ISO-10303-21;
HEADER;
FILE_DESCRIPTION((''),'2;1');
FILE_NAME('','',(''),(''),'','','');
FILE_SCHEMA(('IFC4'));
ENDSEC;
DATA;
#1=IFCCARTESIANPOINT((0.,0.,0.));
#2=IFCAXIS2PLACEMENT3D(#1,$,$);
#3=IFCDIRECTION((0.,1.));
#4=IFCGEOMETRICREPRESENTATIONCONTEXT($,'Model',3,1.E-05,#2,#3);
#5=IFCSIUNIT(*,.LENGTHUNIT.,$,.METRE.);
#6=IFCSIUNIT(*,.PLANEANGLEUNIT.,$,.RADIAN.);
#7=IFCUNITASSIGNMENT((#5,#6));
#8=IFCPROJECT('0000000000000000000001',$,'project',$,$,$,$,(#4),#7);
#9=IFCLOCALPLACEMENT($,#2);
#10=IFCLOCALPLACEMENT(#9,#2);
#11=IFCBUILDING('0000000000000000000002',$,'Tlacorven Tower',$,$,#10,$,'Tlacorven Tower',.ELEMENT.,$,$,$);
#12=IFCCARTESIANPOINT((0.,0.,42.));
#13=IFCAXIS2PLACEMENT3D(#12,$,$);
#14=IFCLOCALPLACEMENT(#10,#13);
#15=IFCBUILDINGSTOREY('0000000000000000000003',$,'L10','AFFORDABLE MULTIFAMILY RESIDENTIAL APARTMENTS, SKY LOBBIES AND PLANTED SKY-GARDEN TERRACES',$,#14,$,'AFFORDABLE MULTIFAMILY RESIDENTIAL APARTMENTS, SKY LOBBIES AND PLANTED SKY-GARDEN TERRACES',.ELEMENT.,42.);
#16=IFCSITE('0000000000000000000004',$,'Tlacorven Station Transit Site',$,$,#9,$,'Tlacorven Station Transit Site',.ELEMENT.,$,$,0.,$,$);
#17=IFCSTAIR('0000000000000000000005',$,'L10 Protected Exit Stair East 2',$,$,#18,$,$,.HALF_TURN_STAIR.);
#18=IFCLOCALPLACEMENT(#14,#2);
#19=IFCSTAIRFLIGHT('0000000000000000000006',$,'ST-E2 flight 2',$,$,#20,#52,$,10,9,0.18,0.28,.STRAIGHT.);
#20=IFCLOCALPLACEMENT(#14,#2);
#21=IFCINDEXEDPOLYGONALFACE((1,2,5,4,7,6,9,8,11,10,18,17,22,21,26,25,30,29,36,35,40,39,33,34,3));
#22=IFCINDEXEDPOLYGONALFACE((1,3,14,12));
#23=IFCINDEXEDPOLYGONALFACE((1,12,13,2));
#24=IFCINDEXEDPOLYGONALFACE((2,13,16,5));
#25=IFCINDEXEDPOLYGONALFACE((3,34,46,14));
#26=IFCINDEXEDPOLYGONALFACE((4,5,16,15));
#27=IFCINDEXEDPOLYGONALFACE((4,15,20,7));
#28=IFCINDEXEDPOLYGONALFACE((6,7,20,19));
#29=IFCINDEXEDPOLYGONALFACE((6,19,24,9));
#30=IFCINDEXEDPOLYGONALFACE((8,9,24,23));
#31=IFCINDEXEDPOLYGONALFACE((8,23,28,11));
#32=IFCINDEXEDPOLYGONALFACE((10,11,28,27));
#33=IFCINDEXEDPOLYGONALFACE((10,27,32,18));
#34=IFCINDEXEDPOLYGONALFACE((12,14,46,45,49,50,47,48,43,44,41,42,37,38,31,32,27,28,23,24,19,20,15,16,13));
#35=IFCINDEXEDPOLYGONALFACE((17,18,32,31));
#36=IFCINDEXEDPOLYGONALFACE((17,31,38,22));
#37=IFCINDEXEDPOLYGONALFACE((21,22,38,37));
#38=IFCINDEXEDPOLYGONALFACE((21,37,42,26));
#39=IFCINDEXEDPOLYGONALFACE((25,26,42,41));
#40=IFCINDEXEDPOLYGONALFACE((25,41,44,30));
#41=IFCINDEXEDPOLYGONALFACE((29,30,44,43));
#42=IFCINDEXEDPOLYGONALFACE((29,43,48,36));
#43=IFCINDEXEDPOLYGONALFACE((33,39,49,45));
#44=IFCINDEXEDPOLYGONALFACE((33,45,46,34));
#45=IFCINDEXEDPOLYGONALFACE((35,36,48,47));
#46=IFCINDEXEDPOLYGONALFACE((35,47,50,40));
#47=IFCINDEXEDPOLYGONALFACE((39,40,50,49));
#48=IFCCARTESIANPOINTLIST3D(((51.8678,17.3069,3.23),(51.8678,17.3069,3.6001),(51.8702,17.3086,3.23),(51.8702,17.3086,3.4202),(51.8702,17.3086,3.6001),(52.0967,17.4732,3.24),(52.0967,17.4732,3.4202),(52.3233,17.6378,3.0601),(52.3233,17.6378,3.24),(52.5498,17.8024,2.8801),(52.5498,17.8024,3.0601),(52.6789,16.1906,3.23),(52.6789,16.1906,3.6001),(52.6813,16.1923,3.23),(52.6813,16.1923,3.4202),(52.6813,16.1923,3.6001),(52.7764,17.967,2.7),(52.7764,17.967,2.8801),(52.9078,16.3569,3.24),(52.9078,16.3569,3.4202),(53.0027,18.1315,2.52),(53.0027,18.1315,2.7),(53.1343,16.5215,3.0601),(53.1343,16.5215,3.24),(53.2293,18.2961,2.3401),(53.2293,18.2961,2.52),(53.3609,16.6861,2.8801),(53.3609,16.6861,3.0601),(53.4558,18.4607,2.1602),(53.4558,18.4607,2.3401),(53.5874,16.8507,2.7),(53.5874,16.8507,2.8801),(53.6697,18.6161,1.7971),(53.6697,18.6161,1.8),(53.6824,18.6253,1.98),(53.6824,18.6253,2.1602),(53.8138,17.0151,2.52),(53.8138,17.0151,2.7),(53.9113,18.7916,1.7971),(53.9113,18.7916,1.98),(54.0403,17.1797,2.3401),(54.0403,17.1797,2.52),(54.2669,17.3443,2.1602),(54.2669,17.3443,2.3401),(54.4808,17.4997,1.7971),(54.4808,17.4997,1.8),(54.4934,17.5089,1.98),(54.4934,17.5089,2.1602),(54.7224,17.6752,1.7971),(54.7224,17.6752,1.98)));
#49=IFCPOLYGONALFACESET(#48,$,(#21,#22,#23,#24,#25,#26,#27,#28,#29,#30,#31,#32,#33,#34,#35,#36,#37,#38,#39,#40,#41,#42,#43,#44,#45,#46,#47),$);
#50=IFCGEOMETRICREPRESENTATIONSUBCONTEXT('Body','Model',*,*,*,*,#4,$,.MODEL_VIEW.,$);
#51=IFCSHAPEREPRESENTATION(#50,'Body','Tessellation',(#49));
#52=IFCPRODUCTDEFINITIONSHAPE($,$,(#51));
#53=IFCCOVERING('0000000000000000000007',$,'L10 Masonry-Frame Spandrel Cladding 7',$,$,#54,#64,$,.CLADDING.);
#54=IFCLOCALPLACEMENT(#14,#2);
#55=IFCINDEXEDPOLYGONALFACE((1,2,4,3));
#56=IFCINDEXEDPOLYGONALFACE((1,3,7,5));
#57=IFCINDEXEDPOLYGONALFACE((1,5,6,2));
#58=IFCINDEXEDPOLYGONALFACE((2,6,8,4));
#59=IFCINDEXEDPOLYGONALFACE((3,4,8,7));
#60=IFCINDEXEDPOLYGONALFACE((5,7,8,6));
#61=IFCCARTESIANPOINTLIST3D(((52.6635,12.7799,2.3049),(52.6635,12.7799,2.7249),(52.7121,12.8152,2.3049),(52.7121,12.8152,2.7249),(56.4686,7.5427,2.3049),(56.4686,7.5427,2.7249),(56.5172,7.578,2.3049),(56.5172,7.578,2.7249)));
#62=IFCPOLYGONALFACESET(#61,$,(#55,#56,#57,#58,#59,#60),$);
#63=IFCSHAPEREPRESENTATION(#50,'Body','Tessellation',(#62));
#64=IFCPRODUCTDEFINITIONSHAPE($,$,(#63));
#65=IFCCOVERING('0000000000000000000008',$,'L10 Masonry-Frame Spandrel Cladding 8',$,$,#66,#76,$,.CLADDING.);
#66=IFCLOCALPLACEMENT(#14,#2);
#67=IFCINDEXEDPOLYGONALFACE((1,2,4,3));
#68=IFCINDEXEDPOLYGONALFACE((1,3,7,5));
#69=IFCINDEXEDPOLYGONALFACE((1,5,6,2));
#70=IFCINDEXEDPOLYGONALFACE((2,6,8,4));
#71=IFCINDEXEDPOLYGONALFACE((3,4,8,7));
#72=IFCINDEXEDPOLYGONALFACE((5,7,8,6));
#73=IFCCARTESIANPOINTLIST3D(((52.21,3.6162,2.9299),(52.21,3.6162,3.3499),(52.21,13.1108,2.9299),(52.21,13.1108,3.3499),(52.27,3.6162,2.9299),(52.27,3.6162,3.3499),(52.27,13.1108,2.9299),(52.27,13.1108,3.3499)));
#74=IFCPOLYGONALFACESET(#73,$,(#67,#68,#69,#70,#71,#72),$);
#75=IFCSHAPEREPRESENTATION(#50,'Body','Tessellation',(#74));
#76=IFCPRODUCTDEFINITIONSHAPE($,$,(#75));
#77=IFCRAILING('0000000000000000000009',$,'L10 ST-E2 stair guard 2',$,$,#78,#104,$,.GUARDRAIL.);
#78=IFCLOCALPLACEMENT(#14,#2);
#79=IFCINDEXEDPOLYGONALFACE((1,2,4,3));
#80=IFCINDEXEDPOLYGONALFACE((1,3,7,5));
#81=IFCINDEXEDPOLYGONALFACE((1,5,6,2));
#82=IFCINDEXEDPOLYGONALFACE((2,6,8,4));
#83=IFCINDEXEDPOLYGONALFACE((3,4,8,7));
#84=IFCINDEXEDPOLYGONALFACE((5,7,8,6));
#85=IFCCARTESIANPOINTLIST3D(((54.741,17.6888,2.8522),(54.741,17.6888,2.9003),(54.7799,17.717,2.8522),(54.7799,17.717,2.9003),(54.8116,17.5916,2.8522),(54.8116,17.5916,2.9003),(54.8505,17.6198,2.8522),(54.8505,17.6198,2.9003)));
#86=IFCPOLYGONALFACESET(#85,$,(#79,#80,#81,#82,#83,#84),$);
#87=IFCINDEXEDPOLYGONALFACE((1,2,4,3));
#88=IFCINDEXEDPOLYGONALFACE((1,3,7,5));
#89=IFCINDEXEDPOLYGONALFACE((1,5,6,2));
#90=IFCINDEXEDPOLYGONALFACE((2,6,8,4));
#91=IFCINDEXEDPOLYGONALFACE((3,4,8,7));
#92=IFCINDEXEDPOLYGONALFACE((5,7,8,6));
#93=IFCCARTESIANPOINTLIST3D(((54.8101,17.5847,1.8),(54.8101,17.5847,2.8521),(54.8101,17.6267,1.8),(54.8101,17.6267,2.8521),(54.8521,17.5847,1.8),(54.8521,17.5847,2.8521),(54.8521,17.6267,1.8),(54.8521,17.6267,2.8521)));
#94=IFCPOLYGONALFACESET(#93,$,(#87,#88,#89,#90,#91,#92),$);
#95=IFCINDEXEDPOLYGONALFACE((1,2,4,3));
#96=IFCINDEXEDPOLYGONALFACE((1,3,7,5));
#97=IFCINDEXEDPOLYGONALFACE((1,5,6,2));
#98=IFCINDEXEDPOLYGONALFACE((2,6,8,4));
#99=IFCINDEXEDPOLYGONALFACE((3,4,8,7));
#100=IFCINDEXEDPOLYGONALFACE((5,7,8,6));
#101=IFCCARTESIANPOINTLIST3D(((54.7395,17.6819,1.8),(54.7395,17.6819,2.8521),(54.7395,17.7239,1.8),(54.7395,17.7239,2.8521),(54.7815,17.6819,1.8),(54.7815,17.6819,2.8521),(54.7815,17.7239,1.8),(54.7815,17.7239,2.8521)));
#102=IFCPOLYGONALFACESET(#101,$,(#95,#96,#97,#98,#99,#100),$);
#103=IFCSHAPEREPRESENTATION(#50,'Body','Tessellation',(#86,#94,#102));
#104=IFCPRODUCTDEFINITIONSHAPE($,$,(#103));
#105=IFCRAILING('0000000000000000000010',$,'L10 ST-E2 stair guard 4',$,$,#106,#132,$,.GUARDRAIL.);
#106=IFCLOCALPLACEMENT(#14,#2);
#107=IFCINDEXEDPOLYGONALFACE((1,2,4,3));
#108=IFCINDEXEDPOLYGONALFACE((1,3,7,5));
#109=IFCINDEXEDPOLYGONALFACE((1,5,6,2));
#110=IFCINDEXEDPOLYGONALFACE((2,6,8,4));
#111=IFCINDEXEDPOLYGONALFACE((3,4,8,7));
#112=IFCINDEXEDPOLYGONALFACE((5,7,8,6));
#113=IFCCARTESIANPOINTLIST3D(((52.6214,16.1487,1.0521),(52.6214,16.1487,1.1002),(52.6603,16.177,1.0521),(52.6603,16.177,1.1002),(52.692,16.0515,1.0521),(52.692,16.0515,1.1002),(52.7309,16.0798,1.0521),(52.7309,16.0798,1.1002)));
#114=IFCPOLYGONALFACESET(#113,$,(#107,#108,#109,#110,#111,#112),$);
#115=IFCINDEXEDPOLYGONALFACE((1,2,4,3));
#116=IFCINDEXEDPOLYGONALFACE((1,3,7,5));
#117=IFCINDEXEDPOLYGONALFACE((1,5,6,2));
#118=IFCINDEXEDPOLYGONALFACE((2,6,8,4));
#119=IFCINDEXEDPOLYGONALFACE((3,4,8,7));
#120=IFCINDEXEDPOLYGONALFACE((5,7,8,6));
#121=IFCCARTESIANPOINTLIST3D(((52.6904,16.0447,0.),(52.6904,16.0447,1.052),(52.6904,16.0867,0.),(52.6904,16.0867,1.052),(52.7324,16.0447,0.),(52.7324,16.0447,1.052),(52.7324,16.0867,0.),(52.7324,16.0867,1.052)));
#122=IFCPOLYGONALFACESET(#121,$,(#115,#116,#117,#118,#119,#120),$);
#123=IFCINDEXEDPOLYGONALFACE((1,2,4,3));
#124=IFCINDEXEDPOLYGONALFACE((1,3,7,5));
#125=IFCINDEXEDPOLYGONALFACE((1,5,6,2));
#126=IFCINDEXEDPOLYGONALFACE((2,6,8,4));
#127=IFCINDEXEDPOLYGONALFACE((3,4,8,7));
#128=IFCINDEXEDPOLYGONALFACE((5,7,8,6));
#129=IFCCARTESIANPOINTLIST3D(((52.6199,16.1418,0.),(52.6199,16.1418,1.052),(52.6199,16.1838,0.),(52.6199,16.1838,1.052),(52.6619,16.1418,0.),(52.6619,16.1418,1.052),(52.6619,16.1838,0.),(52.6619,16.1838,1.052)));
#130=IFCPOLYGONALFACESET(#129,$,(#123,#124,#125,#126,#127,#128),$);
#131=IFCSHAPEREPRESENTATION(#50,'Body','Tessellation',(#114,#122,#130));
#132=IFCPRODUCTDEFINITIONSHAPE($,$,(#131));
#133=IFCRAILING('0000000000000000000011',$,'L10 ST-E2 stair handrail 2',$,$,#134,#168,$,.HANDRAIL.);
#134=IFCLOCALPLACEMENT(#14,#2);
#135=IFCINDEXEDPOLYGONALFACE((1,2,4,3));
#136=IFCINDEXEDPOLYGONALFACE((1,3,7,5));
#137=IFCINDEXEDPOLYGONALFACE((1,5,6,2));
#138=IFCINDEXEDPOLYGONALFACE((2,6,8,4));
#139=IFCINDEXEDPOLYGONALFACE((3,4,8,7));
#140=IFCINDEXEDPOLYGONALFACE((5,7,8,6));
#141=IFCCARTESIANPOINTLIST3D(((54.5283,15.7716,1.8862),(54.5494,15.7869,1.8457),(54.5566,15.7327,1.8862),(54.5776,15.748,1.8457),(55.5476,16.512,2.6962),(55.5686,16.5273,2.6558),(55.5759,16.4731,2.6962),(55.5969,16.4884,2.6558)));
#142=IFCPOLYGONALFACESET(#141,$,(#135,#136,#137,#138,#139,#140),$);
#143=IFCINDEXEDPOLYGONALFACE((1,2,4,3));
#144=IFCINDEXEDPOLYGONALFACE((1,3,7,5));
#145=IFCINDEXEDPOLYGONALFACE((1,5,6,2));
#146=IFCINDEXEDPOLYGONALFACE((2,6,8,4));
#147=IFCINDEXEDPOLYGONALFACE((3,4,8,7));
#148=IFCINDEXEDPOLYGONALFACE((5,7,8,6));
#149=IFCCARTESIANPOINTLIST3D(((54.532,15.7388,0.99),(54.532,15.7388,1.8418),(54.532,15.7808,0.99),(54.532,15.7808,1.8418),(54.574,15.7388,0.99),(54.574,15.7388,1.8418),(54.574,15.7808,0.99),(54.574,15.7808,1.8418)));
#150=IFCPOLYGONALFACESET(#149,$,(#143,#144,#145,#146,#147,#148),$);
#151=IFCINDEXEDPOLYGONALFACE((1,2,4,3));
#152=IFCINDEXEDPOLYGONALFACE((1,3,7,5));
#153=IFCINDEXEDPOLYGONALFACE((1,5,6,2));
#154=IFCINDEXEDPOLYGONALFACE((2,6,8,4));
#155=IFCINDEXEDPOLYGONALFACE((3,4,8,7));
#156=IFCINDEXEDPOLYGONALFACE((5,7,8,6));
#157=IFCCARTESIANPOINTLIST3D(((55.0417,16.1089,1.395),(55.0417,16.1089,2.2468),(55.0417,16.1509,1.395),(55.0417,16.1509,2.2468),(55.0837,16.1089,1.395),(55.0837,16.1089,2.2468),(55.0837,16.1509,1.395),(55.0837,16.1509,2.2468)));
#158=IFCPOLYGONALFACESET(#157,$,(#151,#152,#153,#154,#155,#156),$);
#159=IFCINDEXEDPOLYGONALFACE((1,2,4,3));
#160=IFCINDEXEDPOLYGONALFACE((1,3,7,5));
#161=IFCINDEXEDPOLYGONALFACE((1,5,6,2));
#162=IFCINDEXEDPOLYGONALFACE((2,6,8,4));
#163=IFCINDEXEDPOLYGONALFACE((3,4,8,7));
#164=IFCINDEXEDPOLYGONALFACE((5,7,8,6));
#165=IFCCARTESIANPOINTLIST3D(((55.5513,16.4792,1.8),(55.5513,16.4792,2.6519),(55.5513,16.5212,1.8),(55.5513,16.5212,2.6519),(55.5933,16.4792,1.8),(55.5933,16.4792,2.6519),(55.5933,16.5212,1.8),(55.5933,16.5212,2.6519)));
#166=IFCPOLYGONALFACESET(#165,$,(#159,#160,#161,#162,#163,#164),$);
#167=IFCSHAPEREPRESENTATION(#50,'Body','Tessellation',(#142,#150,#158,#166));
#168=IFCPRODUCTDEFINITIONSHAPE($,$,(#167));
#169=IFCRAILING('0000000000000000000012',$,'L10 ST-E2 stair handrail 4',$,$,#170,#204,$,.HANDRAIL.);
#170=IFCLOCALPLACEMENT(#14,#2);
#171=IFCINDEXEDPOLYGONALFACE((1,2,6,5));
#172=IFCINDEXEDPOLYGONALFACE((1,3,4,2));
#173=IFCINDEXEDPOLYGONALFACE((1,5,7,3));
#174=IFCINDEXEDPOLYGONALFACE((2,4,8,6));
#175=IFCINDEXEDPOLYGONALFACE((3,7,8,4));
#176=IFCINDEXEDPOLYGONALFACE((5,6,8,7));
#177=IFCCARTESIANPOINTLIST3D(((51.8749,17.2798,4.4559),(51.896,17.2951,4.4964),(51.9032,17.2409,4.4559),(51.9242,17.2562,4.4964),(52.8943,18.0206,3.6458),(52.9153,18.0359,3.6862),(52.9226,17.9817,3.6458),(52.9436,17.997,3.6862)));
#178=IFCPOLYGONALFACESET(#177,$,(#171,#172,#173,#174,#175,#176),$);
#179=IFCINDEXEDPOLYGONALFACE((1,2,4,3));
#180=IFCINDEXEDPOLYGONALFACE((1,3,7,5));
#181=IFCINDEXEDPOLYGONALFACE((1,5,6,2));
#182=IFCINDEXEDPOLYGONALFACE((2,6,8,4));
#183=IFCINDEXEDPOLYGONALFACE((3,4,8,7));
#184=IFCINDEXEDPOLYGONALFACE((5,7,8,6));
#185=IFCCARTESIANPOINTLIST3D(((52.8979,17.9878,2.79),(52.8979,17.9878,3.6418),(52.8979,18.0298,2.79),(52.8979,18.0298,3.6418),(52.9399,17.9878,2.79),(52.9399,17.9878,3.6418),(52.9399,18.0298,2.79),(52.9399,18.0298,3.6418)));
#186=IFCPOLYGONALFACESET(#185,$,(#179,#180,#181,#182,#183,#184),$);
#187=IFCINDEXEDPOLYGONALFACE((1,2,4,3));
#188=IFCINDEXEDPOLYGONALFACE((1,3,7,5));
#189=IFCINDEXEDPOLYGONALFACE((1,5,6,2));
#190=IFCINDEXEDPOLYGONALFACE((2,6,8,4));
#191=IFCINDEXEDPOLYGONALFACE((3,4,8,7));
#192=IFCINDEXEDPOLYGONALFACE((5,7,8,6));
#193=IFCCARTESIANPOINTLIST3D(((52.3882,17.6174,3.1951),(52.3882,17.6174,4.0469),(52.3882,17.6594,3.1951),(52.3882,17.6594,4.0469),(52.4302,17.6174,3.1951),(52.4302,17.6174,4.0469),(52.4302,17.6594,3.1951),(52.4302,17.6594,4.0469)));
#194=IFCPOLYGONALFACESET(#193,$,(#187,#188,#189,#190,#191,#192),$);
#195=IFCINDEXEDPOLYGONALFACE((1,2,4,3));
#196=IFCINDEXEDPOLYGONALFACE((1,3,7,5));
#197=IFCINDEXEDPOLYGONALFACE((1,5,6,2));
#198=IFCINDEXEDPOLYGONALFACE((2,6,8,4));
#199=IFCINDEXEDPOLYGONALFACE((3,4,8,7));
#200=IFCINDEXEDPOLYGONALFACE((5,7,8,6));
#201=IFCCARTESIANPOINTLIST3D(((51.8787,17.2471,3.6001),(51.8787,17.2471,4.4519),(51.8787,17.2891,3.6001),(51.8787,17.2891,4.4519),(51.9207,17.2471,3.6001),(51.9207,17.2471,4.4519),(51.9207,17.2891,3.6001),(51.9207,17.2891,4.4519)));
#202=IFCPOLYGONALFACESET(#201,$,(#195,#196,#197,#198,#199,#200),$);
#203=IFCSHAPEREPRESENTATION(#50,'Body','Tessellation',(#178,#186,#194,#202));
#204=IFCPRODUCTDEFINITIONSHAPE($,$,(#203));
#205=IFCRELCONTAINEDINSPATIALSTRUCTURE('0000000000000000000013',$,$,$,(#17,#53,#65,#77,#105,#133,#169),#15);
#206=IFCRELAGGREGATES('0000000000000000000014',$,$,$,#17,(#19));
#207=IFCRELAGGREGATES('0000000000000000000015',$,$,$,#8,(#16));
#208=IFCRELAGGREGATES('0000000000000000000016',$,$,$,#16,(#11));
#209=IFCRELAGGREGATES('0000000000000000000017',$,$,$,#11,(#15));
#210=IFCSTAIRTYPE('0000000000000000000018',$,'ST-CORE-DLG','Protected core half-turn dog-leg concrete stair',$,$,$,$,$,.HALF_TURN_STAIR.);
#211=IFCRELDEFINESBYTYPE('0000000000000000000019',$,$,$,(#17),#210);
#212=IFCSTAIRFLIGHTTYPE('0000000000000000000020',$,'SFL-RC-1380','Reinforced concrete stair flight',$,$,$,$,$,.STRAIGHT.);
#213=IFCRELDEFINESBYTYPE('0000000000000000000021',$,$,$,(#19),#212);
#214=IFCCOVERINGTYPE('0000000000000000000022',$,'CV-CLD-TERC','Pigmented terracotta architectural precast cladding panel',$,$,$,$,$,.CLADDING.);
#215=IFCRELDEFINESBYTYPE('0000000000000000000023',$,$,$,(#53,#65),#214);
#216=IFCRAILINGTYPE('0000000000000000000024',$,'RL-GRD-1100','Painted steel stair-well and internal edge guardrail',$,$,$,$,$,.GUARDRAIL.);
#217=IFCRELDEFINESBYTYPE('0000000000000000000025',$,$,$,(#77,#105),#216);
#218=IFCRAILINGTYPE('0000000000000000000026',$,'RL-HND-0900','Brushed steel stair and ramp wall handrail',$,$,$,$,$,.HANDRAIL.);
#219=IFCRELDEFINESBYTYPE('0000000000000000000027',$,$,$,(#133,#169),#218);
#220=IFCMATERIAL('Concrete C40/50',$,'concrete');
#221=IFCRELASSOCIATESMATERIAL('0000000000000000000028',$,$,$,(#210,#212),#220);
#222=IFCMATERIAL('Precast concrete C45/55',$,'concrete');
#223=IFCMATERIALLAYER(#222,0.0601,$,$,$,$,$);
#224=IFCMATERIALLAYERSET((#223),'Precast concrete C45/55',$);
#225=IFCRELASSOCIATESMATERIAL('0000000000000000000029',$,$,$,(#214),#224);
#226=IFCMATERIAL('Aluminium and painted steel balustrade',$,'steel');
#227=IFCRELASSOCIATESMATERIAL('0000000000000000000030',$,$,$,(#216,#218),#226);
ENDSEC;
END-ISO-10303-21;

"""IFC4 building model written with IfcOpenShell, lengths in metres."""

from ifc_helpers import new_model, si_unit, direction, frame, origin, origin_2d, place, context, subcontext, project, spatial, polyline, rectangle, outline, extrude, source, transform, mapped, material, layer, layer_set, type_object, element, aggregate, save


model = new_model("IFC4")

# Units and contexts
model_context = context("Model", 3, precision=1e-05, world=origin(), true_north=direction((0.0, 1.0)))
body_context = subcontext(model_context, "Body", "Model", "MODEL_VIEW")
ifc_project = project(units=[si_unit("LENGTHUNIT", "METRE"), si_unit("PLANEANGLEUNIT", "RADIAN")], contexts=[model_context])

# Site, building, storey
site_placement = place(None, origin())
site = spatial("IfcSite", under=ifc_project, at=site_placement, Name="Tlacorven Station Transit Site", LongName="Tlacorven Station Transit Site", CompositionType="ELEMENT", RefElevation=0.0)
building_placement = place(site_placement, origin())
building = spatial("IfcBuilding", under=site, at=building_placement, Name="Tlacorven Tower", LongName="Tlacorven Tower", CompositionType="ELEMENT")
storey_placement = place(building_placement, frame((0.0, 0.0, 42.0)))
storey = spatial("IfcBuildingStorey", under=building, at=storey_placement, Name="L10", Description="AFFORDABLE MULTIFAMILY RESIDENTIAL APARTMENTS, SKY LOBBIES AND PLANTED SKY-GARDEN TERRACES", LongName="AFFORDABLE MULTIFAMILY RESIDENTIAL APARTMENTS, SKY LOBBIES AND PLANTED SKY-GARDEN TERRACES", CompositionType="ELEMENT", Elevation=42.0)

# Shared definitions
ifc_material_1 = material(Name="Precast concrete C45/55", Category="concrete")

# Stair, stair flight
ifc_material_2 = material(Name="Concrete C40/50", Category="concrete")
stair_type = type_object("IfcStairType", Name="ST-CORE-DLG", Description="Protected core half-turn dog-leg concrete stair", PredefinedType="HALF_TURN_STAIR", material=ifc_material_2)
stair_placement = place(storey_placement, origin())
stair = element("IfcStair", 1, at=stair_placement, inside=storey, type_object=stair_type, Name="L10 Protected Exit Stair East 2", PredefinedType="HALF_TURN_STAIR")
stair_flight_type = type_object("IfcStairFlightType", Name="SFL-RC-1380", Description="Reinforced concrete stair flight", PredefinedType="STRAIGHT", material=ifc_material_2)
shared_shape_1 = source(origin(), body_context, "Body", "SweptSolid", [
    extrude(outline(polyline([(-0.0029, -0.0029), (-0.0029, 0.1799), (0.28, 0.1799), (0.28, 0.3601), (0.5601, 0.3601), (0.5601, 0.54), (0.8401, 0.54), (0.8401, 0.72), (1.1201, 0.72), (1.1201, 0.8999), (1.3999, 0.8999), (1.3999, 1.0801), (1.6799, 1.0801), (1.6799, 1.26), (1.96, 1.26), (1.96, 1.4399), (2.24, 1.4399), (2.24, 1.6201), (2.52, 1.6201), (2.52, 1.8), (2.5229, 1.8), (2.5229, 1.4299), (2.52, 1.4299), (0.2957, 0.0), (0.2957, -0.0029), (-0.0029, -0.0029)])), frame((0.0, 0.6899, 0.0), z_axis=(0.0, -1.0, 0.0), x_axis=(1.0, 0.0, 0.0)), (0.0, 0.0, 1.0), 1.3799),
])
stair_flight_1_placement = place(storey_placement, frame((54.3145, 18.2317, 1.8), z_axis=(0.0, 0.0, 1.0), x_axis=(-0.809017, -0.587785, 0.0)))
stair_flight_1 = element("IfcStairFlight", 2, at=stair_flight_1_placement, type_object=stair_flight_type, Name="ST-E2 flight 2", NumberOfRisers=10, NumberOfTreads=9, PredefinedType="STRAIGHT", RiserHeight=0.18, TreadLength=0.28, context=body_context, shape_type="MappedRepresentation", body=[
    mapped(shared_shape_1, transform((0.0, 0.0, 0.0), scale=1.0)),
])
aggregate(stair, [stair_flight_1])

# Coverings
ifc_layer_1 = layer(ifc_material_1, 0.0601)
ifc_layer_set_1 = layer_set([ifc_layer_1], Name="Precast concrete C45/55")
covering_type = type_object("IfcCoveringType", Name="CV-CLD-TERC", Description="Pigmented terracotta architectural precast cladding panel", PredefinedType="CLADDING", material=ifc_layer_set_1)
shared_shape_2 = source(origin(), body_context, "Body", "SweptSolid", [
    extrude(rectangle(XDim=6.4736, YDim=0.0601, at=origin_2d()), origin(), (0.0, 0.0, 1.0), 0.4199),
])
covering_1_placement = place(storey_placement, frame((54.5903, 10.179, 2.3049), z_axis=(0.0, 0.0, 1.0), x_axis=(-0.587786, 0.809017, 0.0)))
element("IfcCovering", 3, at=covering_1_placement, inside=storey, type_object=covering_type, Name="L10 Masonry-Frame Spandrel Cladding 7", PredefinedType="CLADDING", context=body_context, shape_type="MappedRepresentation", body=[
    mapped(shared_shape_2, transform((0.0, 0.0, 0.0), scale=1.0)),
])
shared_shape_3 = source(origin(), body_context, "Body", "SweptSolid", [
    extrude(rectangle(XDim=9.4946, YDim=0.0601, at=origin_2d()), origin(), (0.0, 0.0, 1.0), 0.4199),
])
covering_2_placement = place(storey_placement, frame((52.24, 8.3635, 2.9299), z_axis=(0.0, 0.0, 1.0), x_axis=(0.0, -1.0, 0.0)))
element("IfcCovering", 4, at=covering_2_placement, inside=storey, type_object=covering_type, Name="L10 Masonry-Frame Spandrel Cladding 8", PredefinedType="CLADDING", context=body_context, shape_type="MappedRepresentation", body=[
    mapped(shared_shape_3, transform((0.0, 0.0, 0.0), scale=1.0)),
])

# Railings
ifc_material_3 = material(Name="Aluminium and painted steel balustrade", Category="steel")
railing_type_1 = type_object("IfcRailingType", Name="RL-GRD-1100", Description="Painted steel stair-well and internal edge guardrail", PredefinedType="GUARDRAIL", material=ifc_material_3)
shared_shape_4 = source(origin(), body_context, "Body", "SweptSolid", [
    extrude(rectangle(XDim=0.0481, YDim=0.0481, at=origin_2d()), frame((0.0, 0.0, 1.0762), z_axis=(-0.587567, 0.809175, 0.0), x_axis=(-0.809175, -0.587567, 0.0)), (0.0, 0.0, 1.0), 0.1201),
    extrude(rectangle(XDim=0.042, YDim=0.042, at=origin_2d()), origin(), (0.0, 0.0, 1.0), 1.052),
    extrude(rectangle(XDim=0.042, YDim=0.042, at=origin_2d()), frame((-0.0706, 0.0972, 0.0)), (0.0, 0.0, 1.0), 1.052),
])
for number, where, name in (
    (5, (54.8311, 17.6057, 1.8), "L10 ST-E2 stair guard 2"),
    (6, (52.7114, 16.0657, 0.0), "L10 ST-E2 stair guard 4"),
):
    element("IfcRailing", number, at=place(storey_placement, frame(where)), inside=storey, type_object=railing_type_1, Name=name, PredefinedType="GUARDRAIL", context=body_context, shape_type="MappedRepresentation", body=[
        mapped(shared_shape_4, transform((0.0, 0.0, 0.0), scale=1.0)),
    ])
railing_type_2 = type_object("IfcRailingType", Name="RL-HND-0900", Description="Brushed steel stair and ramp wall handrail", PredefinedType="HANDRAIL", material=ifc_material_3)
shared_shape_5 = source(origin(), body_context, "Body", "SweptSolid", [
    extrude(rectangle(XDim=0.0481, YDim=0.0481, at=origin_2d()), frame((0.0, 0.0, 0.876), z_axis=(0.680516, 0.494373, 0.540827), x_axis=(-0.587745, 0.809046, 0.0)), (0.0, 0.0, 1.0), 1.4978),
    extrude(rectangle(XDim=0.042, YDim=0.042, at=origin_2d()), origin(), (0.0, 0.0, 1.0), 0.8518),
    extrude(rectangle(XDim=0.042, YDim=0.042, at=origin_2d()), frame((0.5098, 0.3701, 0.405)), (0.0, 0.0, 1.0), 0.8518),
    extrude(rectangle(XDim=0.042, YDim=0.042, at=origin_2d()), frame((1.0193, 0.7405, 0.8101)), (0.0, 0.0, 1.0), 0.8518),
])
railing_1_placement = place(storey_placement, frame((54.553, 15.7598, 0.99)))
element("IfcRailing", 7, at=railing_1_placement, inside=storey, type_object=railing_type_2, Name="L10 ST-E2 stair handrail 2", PredefinedType="HANDRAIL", context=body_context, shape_type="MappedRepresentation", body=[
    mapped(shared_shape_5, transform((0.0, 0.0, 0.0), scale=1.0)),
])
shared_shape_6 = source(origin(), body_context, "Body", "SweptSolid", [
    extrude(rectangle(XDim=0.0481, YDim=0.0481, at=origin_2d()), frame((0.0, 0.0, 0.876), z_axis=(-0.680461, -0.494496, 0.540783), x_axis=(0.587872, -0.808954, 0.0)), (0.0, 0.0, 1.0), 1.498),
    extrude(rectangle(XDim=0.042, YDim=0.042, at=origin_2d()), origin(), (0.0, 0.0, 1.0), 0.8518),
    extrude(rectangle(XDim=0.042, YDim=0.042, at=origin_2d()), frame((-0.5098, -0.3704, 0.405)), (0.0, 0.0, 1.0), 0.8518),
    extrude(rectangle(XDim=0.042, YDim=0.042, at=origin_2d()), frame((-1.0193, -0.7407, 0.8101)), (0.0, 0.0, 1.0), 0.8518),
])
railing_2_placement = place(storey_placement, frame((52.9189, 18.0088, 2.79)))
element("IfcRailing", 8, at=railing_2_placement, inside=storey, type_object=railing_type_2, Name="L10 ST-E2 stair handrail 4", PredefinedType="HANDRAIL", context=body_context, shape_type="MappedRepresentation", body=[
    mapped(shared_shape_6, transform((0.0, 0.0, 0.0), scale=1.0)),
])

save(model, "model.ifc")
